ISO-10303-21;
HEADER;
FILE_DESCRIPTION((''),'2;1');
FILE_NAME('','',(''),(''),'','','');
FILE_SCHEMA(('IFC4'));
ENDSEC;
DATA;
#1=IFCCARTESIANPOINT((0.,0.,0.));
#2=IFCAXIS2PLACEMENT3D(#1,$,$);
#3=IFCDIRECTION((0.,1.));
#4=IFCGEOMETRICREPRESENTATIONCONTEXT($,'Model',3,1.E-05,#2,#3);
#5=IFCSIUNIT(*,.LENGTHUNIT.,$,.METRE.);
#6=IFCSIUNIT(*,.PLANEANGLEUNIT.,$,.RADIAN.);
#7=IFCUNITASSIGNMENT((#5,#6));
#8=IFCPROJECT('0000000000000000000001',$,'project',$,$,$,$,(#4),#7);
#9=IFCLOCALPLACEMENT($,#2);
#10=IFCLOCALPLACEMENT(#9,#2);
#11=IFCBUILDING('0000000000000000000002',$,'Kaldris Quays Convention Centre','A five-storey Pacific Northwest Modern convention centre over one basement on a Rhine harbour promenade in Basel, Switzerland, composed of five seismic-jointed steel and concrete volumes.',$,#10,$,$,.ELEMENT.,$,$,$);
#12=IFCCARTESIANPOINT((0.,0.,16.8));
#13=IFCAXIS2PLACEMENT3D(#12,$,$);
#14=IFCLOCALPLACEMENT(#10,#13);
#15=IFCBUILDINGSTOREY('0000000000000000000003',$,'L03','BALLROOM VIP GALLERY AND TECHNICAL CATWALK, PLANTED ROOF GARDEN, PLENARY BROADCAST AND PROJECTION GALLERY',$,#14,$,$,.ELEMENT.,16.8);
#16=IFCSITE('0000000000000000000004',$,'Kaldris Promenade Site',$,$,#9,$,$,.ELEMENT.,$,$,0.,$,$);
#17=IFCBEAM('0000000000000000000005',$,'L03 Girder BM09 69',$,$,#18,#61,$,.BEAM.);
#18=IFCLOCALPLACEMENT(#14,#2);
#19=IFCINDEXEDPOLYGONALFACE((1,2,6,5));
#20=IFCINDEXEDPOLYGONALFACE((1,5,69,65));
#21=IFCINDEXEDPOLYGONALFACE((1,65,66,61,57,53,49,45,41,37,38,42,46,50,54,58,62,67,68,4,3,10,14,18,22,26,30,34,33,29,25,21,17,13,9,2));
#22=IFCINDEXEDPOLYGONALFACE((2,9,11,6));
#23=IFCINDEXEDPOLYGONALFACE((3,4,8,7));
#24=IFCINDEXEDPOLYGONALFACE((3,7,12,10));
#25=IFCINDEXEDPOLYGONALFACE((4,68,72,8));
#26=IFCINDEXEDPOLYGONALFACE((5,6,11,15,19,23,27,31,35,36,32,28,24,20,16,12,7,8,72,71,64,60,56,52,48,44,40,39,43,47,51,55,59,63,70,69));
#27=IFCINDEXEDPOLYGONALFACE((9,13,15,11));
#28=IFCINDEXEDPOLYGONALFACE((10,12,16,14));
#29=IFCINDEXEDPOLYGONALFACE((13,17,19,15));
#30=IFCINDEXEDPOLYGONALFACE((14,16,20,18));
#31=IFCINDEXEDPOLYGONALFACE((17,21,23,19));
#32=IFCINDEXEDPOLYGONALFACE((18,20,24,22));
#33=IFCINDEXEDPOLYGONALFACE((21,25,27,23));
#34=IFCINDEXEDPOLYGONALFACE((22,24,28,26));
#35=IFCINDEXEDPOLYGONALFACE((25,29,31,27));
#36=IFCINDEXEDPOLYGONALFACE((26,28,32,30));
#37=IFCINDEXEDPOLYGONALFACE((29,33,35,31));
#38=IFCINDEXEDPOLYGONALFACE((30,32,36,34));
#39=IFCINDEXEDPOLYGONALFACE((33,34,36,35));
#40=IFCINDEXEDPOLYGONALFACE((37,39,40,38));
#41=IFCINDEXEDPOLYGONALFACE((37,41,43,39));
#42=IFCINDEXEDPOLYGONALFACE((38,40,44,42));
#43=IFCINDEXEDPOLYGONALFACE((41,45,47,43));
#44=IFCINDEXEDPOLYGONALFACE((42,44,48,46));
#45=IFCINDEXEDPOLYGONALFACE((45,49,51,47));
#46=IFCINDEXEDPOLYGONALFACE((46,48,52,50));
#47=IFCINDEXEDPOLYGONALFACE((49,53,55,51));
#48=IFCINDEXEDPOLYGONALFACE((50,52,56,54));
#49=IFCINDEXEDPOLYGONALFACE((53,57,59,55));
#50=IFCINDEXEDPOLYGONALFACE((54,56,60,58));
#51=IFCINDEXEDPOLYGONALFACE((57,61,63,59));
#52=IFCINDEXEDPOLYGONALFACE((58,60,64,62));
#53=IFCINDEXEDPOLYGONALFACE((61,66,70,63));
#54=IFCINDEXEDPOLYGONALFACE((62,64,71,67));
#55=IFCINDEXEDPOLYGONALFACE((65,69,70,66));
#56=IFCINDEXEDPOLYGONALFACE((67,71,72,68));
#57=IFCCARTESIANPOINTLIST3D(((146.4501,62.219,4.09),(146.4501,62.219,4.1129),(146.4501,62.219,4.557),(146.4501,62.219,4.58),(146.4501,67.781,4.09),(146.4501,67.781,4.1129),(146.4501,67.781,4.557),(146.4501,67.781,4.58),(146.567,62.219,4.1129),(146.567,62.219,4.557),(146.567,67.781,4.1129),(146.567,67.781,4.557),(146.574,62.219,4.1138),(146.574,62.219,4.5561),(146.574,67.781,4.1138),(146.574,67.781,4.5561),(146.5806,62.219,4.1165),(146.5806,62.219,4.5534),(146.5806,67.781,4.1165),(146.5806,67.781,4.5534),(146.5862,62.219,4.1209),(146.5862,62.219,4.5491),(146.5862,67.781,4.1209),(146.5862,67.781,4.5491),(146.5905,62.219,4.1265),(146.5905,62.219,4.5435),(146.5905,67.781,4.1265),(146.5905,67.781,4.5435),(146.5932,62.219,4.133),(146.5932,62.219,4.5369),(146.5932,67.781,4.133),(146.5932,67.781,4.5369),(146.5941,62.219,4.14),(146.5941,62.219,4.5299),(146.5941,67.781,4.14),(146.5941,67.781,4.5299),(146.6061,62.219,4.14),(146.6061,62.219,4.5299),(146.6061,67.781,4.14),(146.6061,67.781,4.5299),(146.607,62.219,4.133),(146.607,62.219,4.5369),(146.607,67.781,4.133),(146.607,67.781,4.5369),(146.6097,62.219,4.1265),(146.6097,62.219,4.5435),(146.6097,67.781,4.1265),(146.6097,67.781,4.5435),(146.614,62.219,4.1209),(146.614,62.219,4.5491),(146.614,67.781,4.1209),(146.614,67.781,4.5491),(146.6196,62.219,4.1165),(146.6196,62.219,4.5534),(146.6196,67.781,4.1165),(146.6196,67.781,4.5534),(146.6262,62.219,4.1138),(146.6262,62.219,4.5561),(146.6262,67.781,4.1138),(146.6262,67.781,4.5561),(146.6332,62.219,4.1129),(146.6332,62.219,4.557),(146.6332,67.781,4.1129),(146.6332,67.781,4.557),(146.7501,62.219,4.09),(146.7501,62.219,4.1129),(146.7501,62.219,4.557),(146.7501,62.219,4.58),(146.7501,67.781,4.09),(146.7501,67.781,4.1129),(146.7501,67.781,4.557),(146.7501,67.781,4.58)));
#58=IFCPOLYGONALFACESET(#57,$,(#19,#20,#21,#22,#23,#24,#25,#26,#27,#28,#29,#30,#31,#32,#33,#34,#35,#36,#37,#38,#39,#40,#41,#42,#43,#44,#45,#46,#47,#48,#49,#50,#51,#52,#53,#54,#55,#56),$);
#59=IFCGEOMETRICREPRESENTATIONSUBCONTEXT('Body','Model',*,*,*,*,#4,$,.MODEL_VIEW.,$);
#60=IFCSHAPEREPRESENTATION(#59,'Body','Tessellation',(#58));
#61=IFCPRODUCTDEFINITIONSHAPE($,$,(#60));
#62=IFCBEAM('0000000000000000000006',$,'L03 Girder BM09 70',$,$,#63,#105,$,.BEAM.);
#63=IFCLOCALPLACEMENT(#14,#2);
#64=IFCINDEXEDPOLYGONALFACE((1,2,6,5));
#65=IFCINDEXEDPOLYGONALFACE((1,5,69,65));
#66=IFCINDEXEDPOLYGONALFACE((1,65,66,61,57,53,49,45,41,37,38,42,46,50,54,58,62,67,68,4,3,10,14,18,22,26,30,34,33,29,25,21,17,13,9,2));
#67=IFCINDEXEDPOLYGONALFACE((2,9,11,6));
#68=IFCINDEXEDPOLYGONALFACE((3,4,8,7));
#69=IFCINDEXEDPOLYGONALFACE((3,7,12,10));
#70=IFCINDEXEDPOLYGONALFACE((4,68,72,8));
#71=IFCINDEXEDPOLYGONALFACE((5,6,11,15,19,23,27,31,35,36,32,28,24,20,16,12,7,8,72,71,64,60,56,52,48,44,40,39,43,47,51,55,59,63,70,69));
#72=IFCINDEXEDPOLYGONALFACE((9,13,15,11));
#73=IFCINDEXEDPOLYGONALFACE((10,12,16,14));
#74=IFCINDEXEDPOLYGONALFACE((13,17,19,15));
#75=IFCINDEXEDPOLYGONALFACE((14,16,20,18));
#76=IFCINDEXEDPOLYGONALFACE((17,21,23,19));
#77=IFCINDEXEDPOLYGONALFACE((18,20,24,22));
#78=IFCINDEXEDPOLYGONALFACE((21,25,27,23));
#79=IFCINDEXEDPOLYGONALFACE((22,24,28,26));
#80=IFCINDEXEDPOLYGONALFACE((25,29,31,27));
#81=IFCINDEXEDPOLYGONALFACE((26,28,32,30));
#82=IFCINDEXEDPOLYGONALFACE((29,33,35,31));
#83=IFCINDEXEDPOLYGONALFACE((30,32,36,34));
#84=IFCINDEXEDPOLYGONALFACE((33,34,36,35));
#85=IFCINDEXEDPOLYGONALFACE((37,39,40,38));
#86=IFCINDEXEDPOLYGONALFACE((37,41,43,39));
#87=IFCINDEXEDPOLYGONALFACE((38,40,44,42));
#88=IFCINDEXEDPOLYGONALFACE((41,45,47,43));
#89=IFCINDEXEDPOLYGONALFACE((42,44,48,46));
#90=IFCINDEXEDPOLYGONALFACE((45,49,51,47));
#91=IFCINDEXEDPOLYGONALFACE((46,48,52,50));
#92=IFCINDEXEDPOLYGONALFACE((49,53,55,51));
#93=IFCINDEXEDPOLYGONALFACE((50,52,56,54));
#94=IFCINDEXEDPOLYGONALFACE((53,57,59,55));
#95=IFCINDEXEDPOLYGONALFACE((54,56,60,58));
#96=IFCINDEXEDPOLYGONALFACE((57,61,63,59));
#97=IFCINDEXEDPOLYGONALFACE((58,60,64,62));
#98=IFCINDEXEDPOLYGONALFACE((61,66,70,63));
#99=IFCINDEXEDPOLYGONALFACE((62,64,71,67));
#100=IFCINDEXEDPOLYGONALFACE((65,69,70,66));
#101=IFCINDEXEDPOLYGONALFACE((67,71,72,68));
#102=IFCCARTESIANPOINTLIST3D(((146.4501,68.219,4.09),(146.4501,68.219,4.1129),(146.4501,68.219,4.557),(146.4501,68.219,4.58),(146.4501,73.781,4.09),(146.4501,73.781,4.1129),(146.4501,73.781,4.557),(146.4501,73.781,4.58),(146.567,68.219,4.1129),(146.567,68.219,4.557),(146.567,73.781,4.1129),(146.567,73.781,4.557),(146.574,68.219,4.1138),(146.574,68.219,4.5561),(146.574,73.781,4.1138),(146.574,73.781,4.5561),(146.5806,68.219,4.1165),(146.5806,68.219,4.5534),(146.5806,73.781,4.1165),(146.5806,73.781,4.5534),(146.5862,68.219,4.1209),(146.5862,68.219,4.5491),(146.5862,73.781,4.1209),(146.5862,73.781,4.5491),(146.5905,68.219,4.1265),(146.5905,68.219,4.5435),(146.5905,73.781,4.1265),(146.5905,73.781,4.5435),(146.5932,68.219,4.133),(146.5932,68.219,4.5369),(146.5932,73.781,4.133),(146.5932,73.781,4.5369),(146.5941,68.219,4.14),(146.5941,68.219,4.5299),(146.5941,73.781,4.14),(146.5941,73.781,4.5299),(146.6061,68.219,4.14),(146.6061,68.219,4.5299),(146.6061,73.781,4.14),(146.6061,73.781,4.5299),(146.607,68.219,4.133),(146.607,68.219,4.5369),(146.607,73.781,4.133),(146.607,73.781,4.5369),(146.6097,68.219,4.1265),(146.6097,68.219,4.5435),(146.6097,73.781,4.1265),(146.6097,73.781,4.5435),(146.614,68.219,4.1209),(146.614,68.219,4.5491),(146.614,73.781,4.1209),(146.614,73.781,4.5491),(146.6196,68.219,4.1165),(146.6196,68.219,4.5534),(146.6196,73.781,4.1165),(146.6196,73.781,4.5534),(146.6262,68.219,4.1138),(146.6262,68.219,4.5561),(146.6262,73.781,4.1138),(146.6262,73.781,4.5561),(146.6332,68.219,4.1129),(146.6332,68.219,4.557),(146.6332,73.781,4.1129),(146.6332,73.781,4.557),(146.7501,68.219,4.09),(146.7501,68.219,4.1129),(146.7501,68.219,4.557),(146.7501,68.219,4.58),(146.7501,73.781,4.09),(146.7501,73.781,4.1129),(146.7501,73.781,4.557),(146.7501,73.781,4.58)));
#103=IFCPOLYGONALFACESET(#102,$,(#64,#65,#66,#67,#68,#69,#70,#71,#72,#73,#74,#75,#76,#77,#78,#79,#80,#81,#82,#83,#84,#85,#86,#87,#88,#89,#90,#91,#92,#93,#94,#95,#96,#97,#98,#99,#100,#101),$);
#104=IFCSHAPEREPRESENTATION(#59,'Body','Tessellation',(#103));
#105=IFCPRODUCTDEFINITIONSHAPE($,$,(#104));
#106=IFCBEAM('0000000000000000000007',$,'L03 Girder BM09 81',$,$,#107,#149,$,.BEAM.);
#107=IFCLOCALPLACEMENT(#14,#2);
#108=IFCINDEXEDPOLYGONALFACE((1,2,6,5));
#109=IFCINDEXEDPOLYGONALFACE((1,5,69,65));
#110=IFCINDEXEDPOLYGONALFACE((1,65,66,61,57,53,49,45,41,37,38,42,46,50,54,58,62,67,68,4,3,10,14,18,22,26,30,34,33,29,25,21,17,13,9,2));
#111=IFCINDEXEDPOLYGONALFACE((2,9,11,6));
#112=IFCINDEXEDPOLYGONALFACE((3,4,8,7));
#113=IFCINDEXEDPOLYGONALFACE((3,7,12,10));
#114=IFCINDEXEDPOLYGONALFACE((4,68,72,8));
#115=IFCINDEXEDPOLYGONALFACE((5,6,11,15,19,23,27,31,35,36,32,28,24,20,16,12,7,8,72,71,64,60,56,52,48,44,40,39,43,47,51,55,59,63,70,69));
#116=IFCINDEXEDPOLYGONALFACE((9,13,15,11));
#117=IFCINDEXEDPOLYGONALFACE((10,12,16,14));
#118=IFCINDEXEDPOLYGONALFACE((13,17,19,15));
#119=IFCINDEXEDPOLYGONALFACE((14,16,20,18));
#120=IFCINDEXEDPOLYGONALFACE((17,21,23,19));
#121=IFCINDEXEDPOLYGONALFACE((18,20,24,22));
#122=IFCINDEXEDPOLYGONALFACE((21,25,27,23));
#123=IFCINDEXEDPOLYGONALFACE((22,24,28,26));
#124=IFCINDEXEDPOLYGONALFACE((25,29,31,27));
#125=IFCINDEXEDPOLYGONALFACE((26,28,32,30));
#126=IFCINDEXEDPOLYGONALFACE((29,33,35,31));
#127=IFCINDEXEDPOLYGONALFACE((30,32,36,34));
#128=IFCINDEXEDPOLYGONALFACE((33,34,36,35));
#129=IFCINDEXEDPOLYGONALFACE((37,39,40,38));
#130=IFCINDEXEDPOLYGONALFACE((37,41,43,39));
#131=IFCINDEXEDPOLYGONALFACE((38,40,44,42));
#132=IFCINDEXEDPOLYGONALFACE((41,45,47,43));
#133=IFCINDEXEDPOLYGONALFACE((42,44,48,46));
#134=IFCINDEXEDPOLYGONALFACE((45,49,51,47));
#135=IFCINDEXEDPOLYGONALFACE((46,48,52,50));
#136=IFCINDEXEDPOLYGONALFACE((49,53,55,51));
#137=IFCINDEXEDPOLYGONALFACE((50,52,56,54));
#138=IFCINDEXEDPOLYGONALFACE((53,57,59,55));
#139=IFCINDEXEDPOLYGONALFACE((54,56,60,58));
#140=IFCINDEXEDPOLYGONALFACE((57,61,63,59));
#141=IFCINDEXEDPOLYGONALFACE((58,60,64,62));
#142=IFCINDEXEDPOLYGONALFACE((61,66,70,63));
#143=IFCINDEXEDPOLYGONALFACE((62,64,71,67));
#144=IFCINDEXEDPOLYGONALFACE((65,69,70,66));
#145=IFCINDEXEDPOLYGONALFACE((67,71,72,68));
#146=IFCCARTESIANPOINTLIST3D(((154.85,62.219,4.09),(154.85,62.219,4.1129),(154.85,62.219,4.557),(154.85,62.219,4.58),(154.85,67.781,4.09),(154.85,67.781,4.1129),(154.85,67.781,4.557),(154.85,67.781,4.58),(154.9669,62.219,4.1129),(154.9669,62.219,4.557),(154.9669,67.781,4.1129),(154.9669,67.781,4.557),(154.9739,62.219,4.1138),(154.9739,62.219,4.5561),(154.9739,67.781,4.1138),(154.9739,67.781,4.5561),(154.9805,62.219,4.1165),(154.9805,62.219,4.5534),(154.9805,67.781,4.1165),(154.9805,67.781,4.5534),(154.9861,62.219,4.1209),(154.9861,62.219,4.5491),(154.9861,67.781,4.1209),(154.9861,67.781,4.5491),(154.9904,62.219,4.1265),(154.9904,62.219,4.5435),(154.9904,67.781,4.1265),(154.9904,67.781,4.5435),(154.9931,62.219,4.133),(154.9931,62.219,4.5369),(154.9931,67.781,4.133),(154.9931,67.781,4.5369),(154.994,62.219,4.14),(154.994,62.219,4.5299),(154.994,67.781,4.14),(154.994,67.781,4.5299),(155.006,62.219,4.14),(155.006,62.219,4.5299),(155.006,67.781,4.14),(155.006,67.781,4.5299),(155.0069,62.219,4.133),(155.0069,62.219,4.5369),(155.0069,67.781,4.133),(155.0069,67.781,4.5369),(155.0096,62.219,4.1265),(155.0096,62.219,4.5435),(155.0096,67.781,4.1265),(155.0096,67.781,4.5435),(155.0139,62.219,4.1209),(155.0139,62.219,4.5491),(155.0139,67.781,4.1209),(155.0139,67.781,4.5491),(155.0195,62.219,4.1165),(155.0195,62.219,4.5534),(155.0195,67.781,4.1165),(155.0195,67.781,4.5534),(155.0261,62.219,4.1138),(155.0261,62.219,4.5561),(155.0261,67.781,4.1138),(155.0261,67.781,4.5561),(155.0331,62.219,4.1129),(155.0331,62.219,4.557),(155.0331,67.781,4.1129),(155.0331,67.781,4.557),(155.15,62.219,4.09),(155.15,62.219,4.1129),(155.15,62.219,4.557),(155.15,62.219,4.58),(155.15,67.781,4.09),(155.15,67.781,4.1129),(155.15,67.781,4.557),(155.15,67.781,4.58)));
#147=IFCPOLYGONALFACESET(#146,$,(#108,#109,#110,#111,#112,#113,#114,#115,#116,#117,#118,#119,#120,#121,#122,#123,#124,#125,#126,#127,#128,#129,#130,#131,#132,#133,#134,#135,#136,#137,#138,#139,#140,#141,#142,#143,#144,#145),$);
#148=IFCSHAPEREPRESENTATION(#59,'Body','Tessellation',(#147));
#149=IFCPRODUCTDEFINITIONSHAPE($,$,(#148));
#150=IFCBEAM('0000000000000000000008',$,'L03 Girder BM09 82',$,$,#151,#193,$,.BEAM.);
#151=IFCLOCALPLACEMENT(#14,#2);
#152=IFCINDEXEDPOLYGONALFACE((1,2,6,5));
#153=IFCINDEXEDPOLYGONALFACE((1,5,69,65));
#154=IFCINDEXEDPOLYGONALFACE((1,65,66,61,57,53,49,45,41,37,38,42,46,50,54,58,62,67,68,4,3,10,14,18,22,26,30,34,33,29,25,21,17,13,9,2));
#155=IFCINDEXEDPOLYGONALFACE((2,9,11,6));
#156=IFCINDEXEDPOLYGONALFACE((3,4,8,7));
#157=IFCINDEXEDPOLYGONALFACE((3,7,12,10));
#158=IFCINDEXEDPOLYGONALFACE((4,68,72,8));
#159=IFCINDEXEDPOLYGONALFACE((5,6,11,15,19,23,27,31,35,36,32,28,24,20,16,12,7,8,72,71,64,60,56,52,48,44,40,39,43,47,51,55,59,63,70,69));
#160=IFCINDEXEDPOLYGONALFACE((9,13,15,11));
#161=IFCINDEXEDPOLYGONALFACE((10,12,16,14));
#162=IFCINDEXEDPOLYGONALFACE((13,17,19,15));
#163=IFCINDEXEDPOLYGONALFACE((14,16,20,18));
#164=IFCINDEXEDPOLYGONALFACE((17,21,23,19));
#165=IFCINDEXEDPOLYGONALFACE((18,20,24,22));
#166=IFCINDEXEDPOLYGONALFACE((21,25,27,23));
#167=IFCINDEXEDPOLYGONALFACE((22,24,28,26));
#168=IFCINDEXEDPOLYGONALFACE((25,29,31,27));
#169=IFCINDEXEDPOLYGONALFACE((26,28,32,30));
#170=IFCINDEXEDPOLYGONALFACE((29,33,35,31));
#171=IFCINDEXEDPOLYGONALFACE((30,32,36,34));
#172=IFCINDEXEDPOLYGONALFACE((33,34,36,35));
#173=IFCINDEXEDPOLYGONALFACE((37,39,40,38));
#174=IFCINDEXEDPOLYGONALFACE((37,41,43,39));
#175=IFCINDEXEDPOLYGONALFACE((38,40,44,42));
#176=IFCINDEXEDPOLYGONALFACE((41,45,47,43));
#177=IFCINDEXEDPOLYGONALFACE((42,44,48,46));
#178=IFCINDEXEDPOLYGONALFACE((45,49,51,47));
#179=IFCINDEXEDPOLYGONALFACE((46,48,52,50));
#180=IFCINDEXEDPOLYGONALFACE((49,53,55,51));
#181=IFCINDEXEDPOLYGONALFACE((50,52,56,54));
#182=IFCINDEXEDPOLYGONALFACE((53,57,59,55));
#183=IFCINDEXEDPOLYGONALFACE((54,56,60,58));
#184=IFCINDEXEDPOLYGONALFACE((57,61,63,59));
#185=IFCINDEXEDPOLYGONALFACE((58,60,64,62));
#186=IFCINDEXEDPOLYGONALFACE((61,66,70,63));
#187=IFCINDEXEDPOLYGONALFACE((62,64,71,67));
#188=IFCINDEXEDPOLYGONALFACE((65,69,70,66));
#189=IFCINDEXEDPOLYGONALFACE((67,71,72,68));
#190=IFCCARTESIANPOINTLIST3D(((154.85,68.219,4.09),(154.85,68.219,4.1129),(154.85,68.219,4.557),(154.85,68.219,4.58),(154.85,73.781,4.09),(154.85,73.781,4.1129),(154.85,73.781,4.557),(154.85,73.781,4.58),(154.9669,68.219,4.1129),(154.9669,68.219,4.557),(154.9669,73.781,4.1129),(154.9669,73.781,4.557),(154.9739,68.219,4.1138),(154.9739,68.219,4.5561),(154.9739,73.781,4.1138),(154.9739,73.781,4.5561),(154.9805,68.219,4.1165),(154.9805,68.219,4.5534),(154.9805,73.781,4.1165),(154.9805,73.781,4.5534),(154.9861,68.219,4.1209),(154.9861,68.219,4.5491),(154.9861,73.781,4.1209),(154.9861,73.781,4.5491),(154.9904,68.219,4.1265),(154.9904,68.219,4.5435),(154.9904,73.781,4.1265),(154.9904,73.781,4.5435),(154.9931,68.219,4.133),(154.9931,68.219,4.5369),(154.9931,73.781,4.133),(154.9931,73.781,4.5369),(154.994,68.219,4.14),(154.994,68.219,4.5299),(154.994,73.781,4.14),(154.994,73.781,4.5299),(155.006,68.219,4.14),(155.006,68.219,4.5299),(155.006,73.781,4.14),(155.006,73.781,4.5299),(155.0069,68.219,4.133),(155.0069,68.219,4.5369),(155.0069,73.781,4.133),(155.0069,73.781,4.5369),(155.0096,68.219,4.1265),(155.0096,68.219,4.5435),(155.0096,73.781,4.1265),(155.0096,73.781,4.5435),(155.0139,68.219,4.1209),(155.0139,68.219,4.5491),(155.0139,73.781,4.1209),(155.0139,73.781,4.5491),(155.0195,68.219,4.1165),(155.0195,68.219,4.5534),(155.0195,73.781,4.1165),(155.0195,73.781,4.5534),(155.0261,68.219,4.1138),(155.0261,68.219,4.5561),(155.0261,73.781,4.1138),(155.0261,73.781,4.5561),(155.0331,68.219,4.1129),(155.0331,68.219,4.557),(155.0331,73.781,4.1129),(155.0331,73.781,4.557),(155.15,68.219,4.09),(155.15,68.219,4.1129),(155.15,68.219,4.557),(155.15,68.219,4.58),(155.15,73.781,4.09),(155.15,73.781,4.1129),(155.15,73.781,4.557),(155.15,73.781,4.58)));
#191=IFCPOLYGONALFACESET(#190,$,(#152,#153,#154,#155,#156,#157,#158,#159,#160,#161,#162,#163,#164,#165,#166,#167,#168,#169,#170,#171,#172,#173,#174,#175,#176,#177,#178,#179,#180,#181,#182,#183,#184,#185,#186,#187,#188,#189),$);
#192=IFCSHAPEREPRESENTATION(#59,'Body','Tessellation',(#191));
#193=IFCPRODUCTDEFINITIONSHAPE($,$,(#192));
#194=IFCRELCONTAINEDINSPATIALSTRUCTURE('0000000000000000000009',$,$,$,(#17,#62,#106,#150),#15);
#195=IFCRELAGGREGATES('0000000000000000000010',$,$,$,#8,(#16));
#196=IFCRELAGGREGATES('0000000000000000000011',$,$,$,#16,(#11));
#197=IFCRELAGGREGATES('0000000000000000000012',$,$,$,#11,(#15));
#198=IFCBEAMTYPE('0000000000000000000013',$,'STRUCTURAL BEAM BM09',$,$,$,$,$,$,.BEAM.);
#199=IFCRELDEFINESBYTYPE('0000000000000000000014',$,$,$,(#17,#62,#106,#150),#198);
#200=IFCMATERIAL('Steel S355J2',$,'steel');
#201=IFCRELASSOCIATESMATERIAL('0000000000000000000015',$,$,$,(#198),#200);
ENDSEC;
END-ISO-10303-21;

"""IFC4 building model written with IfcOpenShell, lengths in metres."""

from ifc_helpers import new_model, si_unit, direction, frame, origin, origin_2d, place, context, subcontext, project, spatial, i_section, extrude, material, material_profile, profile_set, type_object, element, save


model = new_model("IFC4")

# Units and contexts
model_context = context("Model", 3, precision=1e-05, world=origin(), true_north=direction((0.0, 1.0)))
body_context = subcontext(model_context, "Body", "Model", "MODEL_VIEW")
ifc_project = project(units=[si_unit("LENGTHUNIT", "METRE"), si_unit("PLANEANGLEUNIT", "RADIAN")], contexts=[model_context])

# Site, building, storey
site_placement = place(None, origin())
site = spatial("IfcSite", under=ifc_project, at=site_placement, Name="Kaldris Promenade Site", CompositionType="ELEMENT", RefElevation=0.0)
building_placement = place(site_placement, origin())
building = spatial("IfcBuilding", under=site, at=building_placement, Name="Kaldris Quays Convention Centre", Description="A five-storey Pacific Northwest Modern convention centre over one basement on a Rhine harbour promenade in Basel, Switzerland, composed of five seismic-jointed steel and concrete volumes.", CompositionType="ELEMENT")
storey_placement = place(building_placement, frame((0.0, 0.0, 16.8)))
storey = spatial("IfcBuildingStorey", under=building, at=storey_placement, Name="L03", Description="BALLROOM VIP GALLERY AND TECHNICAL CATWALK, PLANTED ROOF GARDEN, PLENARY BROADCAST AND PROJECTION GALLERY", CompositionType="ELEMENT", Elevation=16.8)

# Shared definitions
ifc_material_1 = material(Name="Steel S355J2", Category="steel")

# Beams
ifc_material_profile_1 = material_profile(ifc_material_1, i_section(OverallWidth=0.3, OverallDepth=0.49, WebThickness=0.012, FlangeThickness=0.0229, FilletRadius=0.0271, at=origin_2d()), Name="HEA 500")
ifc_profile_set_1 = profile_set([ifc_material_profile_1], Name="Steel S355J2")
beam_type_1 = type_object("IfcBeamType", Name="STRUCTURAL BEAM BM09", PredefinedType="BEAM", material=ifc_profile_set_1)
for number, where, z_axis, x_axis, name in (
    (1, (146.6001, 62.219, 4.335), (0.0, 1.0, 0.0), (-1.0, 0.0, 0.0), "L03 Girder BM09 69"),
    (2, (146.6001, 68.219, 4.335), (0.0, 1.0, 0.0), (-1.0, 0.0, 0.0), "L03 Girder BM09 70"),
    (3, (155.0, 62.219, 4.335), (0.0, 1.0, 0.0), (-1.0, 0.0, 0.0), "L03 Girder BM09 81"),
    (4, (155.0, 68.219, 4.335), (0.0, 1.0, 0.0), (-1.0, 0.0, 0.0), "L03 Girder BM09 82"),
):
    element("IfcBeam", number, at=place(storey_placement, frame(where, z_axis=z_axis, x_axis=x_axis)), inside=storey, type_object=beam_type_1, Name=name, PredefinedType="BEAM", context=body_context, shape_type="SweptSolid", body=[
        extrude(i_section(OverallWidth=0.3, OverallDepth=0.49, WebThickness=0.012, FlangeThickness=0.0229, FilletRadius=0.0271, at=origin_2d()), origin(), (0.0, 0.0, 1.0), 5.562),
    ])

save(model, "model.ifc")
